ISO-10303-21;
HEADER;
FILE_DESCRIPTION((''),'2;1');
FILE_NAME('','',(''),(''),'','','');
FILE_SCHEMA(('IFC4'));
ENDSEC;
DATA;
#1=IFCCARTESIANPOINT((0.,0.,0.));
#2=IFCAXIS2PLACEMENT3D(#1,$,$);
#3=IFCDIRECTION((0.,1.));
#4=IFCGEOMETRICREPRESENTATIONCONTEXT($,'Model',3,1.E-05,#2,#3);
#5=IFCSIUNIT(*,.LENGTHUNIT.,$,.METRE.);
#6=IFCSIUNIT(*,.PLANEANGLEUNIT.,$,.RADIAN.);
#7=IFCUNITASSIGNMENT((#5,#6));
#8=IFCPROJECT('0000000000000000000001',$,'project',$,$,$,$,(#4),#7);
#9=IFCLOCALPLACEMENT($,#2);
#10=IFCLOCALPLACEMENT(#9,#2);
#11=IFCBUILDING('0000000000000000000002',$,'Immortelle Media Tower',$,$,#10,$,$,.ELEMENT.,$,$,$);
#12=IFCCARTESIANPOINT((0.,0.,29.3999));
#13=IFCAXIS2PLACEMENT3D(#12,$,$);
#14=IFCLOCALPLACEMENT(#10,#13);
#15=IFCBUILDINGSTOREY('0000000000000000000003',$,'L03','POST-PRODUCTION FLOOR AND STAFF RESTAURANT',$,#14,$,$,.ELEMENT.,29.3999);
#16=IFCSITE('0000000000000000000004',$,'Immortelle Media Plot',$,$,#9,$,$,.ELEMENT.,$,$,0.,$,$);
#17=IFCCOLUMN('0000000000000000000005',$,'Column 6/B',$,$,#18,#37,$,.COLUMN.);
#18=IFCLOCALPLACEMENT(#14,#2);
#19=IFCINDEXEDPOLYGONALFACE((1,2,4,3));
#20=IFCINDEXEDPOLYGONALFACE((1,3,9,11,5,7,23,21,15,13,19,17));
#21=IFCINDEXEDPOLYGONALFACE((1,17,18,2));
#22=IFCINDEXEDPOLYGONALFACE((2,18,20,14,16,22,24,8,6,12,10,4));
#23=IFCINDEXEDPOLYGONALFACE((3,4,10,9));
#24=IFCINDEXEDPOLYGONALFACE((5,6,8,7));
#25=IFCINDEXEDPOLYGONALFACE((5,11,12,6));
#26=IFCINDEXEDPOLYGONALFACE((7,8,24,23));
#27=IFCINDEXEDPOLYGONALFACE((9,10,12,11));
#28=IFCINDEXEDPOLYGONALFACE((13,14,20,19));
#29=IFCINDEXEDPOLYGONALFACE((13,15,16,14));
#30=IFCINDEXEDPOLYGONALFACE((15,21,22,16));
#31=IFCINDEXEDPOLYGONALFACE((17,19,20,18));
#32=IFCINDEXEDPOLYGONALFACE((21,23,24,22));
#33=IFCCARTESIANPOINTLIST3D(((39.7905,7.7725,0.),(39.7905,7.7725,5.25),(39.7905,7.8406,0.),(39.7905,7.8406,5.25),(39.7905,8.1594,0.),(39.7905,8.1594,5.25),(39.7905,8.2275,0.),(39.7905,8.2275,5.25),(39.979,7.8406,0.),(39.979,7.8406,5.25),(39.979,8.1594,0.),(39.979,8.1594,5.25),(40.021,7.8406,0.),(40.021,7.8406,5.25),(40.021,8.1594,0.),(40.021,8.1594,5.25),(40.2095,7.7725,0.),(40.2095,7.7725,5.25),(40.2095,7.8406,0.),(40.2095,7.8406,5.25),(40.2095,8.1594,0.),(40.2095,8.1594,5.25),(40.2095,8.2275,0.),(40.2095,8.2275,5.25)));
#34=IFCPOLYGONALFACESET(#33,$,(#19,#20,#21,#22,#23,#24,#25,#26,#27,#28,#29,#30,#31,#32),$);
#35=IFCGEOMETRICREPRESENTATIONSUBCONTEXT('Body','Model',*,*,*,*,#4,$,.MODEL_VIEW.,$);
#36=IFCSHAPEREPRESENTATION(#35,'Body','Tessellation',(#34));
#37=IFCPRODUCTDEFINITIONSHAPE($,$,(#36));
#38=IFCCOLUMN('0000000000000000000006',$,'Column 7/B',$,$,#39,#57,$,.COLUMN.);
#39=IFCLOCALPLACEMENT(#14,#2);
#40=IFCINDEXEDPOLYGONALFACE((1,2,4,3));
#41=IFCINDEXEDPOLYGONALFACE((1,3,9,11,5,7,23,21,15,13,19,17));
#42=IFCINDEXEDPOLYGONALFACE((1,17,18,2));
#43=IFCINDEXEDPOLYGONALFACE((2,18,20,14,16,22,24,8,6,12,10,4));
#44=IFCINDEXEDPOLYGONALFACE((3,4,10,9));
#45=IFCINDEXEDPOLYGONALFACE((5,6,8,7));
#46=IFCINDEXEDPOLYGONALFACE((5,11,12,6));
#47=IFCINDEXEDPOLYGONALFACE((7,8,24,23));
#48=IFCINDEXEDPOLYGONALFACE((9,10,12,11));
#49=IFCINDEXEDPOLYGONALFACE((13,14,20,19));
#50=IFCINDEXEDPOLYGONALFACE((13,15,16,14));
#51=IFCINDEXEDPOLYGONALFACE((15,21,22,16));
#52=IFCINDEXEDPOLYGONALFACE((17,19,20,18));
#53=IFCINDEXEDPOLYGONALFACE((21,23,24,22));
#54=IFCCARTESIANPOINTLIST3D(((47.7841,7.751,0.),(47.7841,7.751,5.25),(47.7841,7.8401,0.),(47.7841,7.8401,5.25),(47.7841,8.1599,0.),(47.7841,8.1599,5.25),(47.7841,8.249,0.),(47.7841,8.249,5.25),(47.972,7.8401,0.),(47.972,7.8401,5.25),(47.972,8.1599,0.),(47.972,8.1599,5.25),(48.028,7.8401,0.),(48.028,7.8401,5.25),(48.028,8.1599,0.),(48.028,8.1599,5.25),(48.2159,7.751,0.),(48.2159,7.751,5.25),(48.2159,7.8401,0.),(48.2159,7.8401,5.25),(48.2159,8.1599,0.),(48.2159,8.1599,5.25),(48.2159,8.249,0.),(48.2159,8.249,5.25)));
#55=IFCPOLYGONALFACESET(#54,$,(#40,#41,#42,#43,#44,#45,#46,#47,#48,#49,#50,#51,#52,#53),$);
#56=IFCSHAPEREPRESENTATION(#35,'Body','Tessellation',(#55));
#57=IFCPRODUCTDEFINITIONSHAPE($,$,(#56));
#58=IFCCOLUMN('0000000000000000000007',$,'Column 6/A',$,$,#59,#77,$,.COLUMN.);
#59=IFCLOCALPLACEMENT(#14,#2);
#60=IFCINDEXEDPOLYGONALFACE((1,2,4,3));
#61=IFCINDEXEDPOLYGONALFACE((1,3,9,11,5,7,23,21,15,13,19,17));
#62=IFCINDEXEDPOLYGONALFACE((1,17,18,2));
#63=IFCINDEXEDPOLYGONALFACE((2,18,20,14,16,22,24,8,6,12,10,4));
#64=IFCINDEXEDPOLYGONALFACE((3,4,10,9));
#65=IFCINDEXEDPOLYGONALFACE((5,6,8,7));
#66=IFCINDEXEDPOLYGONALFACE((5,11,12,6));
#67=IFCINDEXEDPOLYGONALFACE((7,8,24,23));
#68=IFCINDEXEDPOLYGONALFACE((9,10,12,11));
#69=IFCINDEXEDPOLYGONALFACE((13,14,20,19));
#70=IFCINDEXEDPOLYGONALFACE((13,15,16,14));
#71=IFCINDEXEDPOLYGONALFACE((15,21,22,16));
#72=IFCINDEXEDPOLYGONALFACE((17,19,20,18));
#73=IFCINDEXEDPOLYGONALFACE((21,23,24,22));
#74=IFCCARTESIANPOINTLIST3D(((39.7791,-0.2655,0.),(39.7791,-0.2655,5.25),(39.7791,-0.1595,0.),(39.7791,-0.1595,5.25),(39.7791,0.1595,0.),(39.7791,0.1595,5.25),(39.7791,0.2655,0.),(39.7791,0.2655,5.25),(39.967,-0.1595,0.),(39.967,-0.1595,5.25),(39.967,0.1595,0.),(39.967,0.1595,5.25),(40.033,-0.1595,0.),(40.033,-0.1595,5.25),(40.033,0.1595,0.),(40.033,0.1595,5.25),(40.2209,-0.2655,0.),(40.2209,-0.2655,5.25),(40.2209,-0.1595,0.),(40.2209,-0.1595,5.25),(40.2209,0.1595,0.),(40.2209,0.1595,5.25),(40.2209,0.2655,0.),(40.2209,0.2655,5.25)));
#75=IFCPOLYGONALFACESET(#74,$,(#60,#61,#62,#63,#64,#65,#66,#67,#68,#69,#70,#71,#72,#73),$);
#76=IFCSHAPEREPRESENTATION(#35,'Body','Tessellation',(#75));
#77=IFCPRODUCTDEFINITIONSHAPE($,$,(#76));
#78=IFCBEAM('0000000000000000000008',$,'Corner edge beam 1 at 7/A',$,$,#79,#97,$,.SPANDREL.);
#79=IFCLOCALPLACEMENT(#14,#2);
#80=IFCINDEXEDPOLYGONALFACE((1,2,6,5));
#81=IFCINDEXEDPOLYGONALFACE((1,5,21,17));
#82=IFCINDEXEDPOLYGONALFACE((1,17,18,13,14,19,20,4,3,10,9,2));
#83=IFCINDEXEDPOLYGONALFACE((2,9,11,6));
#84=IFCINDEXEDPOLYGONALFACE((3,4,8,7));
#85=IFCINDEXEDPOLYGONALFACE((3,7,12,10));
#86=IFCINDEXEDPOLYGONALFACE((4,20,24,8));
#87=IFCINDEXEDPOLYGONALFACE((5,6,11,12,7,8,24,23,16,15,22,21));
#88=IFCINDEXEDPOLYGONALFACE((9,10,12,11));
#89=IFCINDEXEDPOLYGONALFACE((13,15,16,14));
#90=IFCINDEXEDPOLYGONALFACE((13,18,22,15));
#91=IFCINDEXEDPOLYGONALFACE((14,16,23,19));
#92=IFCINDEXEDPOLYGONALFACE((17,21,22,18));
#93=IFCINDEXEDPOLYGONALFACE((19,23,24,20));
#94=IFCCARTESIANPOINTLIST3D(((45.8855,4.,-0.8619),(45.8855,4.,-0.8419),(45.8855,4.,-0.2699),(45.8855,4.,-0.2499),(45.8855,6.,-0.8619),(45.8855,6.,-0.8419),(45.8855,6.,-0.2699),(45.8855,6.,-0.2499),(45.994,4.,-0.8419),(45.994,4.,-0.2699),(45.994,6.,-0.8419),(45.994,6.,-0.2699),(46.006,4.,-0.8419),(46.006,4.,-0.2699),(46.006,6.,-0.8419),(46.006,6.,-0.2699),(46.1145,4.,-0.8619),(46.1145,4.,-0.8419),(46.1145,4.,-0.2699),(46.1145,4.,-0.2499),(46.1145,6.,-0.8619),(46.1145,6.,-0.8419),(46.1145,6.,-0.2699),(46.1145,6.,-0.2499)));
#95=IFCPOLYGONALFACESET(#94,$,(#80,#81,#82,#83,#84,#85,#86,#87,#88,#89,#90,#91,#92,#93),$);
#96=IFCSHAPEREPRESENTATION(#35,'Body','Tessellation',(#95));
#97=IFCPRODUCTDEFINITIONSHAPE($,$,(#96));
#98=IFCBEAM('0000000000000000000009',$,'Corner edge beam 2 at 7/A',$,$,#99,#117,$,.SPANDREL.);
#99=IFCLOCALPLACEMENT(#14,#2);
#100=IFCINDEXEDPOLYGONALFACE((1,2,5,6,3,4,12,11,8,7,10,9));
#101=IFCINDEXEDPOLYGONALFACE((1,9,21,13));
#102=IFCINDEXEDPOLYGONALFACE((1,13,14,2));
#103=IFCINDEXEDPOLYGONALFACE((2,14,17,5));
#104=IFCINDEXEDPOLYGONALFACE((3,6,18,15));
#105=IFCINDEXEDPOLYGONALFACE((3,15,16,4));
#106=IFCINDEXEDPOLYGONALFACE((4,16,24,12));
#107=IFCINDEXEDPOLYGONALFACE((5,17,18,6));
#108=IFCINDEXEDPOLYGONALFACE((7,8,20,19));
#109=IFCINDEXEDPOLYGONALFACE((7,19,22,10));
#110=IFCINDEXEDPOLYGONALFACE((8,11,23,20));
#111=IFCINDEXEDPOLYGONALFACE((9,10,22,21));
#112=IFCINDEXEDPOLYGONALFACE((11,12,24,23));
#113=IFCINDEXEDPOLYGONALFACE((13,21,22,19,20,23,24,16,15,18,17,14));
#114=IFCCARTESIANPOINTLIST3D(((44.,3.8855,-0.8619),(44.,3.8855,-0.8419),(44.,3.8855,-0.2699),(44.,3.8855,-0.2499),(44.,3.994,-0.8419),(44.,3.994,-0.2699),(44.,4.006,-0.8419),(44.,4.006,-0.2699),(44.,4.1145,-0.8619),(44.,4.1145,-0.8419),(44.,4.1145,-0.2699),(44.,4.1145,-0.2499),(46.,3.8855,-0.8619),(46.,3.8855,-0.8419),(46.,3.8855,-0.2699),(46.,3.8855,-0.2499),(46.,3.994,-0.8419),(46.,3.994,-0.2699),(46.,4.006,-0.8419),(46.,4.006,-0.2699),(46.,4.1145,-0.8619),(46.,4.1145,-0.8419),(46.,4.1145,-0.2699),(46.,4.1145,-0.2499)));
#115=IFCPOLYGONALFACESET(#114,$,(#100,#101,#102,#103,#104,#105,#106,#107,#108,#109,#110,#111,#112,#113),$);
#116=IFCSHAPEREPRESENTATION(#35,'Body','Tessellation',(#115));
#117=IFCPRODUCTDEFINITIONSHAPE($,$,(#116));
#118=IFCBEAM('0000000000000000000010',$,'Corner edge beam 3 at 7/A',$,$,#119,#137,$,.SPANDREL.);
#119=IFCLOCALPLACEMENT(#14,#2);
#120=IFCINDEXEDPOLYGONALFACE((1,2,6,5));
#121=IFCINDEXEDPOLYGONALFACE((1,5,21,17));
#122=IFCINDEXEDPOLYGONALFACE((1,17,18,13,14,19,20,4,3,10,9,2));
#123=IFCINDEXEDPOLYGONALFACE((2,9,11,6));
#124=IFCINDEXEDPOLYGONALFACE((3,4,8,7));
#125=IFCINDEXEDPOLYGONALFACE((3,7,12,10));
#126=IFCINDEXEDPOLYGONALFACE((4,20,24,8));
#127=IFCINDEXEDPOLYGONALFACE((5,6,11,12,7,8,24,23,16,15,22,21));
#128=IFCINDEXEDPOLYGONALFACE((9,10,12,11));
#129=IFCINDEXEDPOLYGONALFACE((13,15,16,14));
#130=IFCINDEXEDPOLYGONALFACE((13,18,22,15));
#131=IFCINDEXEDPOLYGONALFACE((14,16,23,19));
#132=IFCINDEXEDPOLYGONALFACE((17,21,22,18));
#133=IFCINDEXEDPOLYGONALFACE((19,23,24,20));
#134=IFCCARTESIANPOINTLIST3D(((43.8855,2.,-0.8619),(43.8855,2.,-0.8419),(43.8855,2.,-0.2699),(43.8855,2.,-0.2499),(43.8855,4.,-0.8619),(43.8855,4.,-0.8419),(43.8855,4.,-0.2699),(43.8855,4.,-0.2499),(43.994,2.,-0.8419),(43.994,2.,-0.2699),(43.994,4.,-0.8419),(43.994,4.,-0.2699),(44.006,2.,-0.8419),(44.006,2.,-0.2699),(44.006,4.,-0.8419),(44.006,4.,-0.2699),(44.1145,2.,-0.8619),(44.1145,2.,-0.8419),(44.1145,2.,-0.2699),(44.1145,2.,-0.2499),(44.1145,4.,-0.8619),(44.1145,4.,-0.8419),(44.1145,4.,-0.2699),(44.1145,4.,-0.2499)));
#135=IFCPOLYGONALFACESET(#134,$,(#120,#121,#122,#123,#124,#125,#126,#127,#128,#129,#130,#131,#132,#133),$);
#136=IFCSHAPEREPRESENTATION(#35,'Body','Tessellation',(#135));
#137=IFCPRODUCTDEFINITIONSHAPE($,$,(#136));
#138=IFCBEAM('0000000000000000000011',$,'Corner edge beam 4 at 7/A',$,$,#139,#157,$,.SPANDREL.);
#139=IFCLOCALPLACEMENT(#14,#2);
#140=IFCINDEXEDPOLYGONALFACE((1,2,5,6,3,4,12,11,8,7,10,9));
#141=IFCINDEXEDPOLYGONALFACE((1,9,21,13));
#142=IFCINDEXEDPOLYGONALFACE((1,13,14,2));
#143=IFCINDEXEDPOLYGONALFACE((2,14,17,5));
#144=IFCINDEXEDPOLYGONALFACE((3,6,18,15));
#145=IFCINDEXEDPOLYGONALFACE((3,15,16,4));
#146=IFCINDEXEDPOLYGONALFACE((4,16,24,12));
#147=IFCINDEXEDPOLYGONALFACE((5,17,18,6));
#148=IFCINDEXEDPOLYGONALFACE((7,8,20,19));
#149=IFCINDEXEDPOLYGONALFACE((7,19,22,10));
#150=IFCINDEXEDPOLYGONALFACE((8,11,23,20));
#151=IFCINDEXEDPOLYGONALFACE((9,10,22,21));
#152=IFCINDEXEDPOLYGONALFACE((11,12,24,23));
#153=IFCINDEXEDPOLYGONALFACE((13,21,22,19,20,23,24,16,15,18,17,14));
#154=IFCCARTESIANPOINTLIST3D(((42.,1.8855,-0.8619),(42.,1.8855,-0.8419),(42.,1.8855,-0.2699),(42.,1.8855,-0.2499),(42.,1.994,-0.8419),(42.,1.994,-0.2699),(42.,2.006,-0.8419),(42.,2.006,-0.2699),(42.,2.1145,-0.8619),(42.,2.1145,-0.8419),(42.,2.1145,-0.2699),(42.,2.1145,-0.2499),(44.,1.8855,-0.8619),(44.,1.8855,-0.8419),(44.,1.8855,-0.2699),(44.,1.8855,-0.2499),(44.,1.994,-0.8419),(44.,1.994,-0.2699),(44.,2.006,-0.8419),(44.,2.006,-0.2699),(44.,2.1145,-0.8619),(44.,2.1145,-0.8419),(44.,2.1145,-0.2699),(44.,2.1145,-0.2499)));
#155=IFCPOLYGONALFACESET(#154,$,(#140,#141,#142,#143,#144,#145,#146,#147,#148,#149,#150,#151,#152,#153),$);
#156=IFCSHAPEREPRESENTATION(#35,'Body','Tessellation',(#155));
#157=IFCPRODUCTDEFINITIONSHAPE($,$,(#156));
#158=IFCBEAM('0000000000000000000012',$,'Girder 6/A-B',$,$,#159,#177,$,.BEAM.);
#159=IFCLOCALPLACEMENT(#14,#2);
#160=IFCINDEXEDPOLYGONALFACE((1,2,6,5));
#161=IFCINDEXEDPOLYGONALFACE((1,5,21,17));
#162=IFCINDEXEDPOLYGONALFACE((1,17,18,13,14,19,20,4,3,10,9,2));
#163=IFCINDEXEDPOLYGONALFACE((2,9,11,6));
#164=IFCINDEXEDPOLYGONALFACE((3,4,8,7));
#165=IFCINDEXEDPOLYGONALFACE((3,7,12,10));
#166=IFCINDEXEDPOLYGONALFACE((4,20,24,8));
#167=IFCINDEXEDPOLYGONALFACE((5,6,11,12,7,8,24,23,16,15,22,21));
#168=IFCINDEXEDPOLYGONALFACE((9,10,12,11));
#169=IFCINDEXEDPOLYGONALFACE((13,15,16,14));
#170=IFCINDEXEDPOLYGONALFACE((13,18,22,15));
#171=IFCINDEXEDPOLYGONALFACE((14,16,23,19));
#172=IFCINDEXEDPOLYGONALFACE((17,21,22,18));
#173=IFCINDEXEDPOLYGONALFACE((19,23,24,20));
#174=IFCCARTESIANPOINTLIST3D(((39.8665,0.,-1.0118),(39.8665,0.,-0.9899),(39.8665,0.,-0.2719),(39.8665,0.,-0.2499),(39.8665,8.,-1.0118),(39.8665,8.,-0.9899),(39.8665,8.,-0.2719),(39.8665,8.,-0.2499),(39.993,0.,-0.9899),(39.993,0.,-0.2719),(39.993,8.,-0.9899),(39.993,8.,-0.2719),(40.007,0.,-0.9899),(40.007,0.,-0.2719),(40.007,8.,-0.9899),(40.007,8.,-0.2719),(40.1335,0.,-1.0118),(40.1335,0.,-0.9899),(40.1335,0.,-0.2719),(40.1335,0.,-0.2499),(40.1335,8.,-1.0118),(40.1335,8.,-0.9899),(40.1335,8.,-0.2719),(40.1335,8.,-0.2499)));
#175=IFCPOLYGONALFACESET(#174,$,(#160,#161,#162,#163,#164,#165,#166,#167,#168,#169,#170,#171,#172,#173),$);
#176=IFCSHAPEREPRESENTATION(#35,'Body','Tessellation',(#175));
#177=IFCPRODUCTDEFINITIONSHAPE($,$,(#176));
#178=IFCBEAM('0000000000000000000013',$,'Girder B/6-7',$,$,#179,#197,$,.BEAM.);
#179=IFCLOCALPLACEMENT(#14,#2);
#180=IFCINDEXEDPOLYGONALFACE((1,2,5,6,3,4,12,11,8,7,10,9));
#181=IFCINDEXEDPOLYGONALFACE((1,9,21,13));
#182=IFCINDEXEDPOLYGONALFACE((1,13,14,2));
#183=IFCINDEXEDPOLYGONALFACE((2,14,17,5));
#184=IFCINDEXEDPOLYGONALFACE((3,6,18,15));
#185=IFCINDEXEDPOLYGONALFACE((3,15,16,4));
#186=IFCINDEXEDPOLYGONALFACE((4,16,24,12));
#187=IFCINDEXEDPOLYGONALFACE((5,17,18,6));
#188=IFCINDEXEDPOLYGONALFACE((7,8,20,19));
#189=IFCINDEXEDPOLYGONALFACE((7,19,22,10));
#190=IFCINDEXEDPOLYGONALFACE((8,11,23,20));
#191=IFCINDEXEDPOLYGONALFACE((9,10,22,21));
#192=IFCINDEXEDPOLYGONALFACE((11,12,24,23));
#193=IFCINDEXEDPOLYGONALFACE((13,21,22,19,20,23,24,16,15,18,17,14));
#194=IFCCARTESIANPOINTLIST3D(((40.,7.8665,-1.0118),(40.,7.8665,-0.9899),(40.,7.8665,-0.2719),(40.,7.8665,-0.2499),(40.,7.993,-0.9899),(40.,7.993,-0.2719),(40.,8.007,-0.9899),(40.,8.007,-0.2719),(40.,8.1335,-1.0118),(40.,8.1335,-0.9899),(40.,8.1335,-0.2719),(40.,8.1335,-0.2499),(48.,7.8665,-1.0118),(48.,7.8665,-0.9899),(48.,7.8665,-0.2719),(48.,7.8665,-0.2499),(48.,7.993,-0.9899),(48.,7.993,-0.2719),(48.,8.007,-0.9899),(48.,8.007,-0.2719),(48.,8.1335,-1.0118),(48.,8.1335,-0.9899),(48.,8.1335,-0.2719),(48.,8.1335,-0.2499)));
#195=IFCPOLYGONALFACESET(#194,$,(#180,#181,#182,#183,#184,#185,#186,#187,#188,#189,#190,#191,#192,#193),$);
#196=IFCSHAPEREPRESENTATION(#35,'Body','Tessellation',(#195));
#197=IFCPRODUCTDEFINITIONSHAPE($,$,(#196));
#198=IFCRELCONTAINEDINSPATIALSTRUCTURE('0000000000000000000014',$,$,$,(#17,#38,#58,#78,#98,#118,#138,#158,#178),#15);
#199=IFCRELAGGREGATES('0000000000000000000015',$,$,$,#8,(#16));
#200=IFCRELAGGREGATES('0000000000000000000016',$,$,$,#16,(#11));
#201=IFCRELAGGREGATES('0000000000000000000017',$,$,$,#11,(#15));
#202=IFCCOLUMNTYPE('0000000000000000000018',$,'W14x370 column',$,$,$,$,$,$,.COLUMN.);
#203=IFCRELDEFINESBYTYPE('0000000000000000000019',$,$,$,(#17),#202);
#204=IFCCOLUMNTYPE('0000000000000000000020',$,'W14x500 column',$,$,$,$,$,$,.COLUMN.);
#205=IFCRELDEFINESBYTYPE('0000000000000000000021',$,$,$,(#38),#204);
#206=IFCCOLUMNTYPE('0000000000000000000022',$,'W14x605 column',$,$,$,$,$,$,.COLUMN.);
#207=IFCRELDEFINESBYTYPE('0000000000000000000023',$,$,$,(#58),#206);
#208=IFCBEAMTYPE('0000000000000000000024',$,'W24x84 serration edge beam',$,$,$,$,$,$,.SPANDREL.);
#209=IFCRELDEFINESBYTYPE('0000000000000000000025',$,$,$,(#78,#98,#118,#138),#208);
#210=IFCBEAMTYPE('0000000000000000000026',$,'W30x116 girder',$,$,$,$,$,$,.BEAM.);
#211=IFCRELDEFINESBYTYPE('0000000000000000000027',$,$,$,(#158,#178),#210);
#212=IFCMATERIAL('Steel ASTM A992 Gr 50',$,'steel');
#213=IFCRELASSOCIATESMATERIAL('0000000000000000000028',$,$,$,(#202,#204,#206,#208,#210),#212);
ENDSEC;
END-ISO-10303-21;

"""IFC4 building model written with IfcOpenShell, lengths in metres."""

from ifc_helpers import new_model, si_unit, direction, frame, origin, origin_2d, place, context, subcontext, project, spatial, i_section, extrude, material, material_profile, profile_set, type_object, element, save


model = new_model("IFC4")

# Units and contexts
model_context = context("Model", 3, precision=1e-05, world=origin(), true_north=direction((0.0, 1.0)))
body_context = subcontext(model_context, "Body", "Model", "MODEL_VIEW")
ifc_project = project(units=[si_unit("LENGTHUNIT", "METRE"), si_unit("PLANEANGLEUNIT", "RADIAN")], contexts=[model_context])

# Site, building, storey
site_placement = place(None, origin())
site = spatial("IfcSite", under=ifc_project, at=site_placement, Name="Immortelle Media Plot", CompositionType="ELEMENT", RefElevation=0.0)
building_placement = place(site_placement, origin())
building = spatial("IfcBuilding", under=site, at=building_placement, Name="Immortelle Media Tower", CompositionType="ELEMENT")
storey_placement = place(building_placement, frame((0.0, 0.0, 29.3999)))
storey = spatial("IfcBuildingStorey", under=building, at=storey_placement, Name="L03", Description="POST-PRODUCTION FLOOR AND STAFF RESTAURANT", CompositionType="ELEMENT", Elevation=29.3999)

# Columns
ifc_material_1 = material(Name="Steel ASTM A992 Gr 50", Category="steel")
ifc_material_profile_1 = material_profile(ifc_material_1, i_section(OverallWidth=0.4189, OverallDepth=0.4551, WebThickness=0.042, FlangeThickness=0.0681, at=origin_2d()), Name="W14x370")
ifc_profile_set_1 = profile_set([ifc_material_profile_1], Name="Steel ASTM A992 Gr 50")
column_type_1 = type_object("IfcColumnType", Name="W14x370 column", PredefinedType="COLUMN", material=ifc_profile_set_1)
column_1_placement = place(storey_placement, frame((40.0, 8.0, 0.0), z_axis=(0.0, 0.0, 1.0), x_axis=(1.0, 0.0, 0.0)))
element("IfcColumn", 1, at=column_1_placement, inside=storey, type_object=column_type_1, Name="Column 6/B", PredefinedType="COLUMN", context=body_context, shape_type="SweptSolid", body=[
    extrude(i_section(OverallWidth=0.4189, OverallDepth=0.4551, WebThickness=0.042, FlangeThickness=0.0681, at=origin_2d()), origin(), (0.0, 0.0, 1.0), 5.25),
])
ifc_material_profile_2 = material_profile(ifc_material_1, i_section(OverallWidth=0.4319, OverallDepth=0.498, WebThickness=0.0559, FlangeThickness=0.0891, at=origin_2d()), Name="W14x500")
ifc_profile_set_2 = profile_set([ifc_material_profile_2], Name="Steel ASTM A992 Gr 50")
column_type_2 = type_object("IfcColumnType", Name="W14x500 column", PredefinedType="COLUMN", material=ifc_profile_set_2)
column_2_placement = place(storey_placement, frame((48.0, 8.0, 0.0), z_axis=(0.0, 0.0, 1.0), x_axis=(1.0, 0.0, 0.0)))
element("IfcColumn", 2, at=column_2_placement, inside=storey, type_object=column_type_2, Name="Column 7/B", PredefinedType="COLUMN", context=body_context, shape_type="SweptSolid", body=[
    extrude(i_section(OverallWidth=0.4319, OverallDepth=0.498, WebThickness=0.0559, FlangeThickness=0.0891, at=origin_2d()), origin(), (0.0, 0.0, 1.0), 5.25),
])
ifc_material_profile_3 = material_profile(ifc_material_1, i_section(OverallWidth=0.4419, OverallDepth=0.531, WebThickness=0.0659, FlangeThickness=0.106, at=origin_2d()), Name="W14x605")
ifc_profile_set_3 = profile_set([ifc_material_profile_3], Name="Steel ASTM A992 Gr 50")
column_type_3 = type_object("IfcColumnType", Name="W14x605 column", PredefinedType="COLUMN", material=ifc_profile_set_3)
column_3_placement = place(storey_placement, frame((40.0, 0.0, 0.0), z_axis=(0.0, 0.0, 1.0), x_axis=(1.0, 0.0, 0.0)))
element("IfcColumn", 3, at=column_3_placement, inside=storey, type_object=column_type_3, Name="Column 6/A", PredefinedType="COLUMN", context=body_context, shape_type="SweptSolid", body=[
    extrude(i_section(OverallWidth=0.4419, OverallDepth=0.531, WebThickness=0.0659, FlangeThickness=0.106, at=origin_2d()), origin(), (0.0, 0.0, 1.0), 5.25),
])

# Beams
ifc_material_profile_4 = material_profile(ifc_material_1, i_section(OverallWidth=0.229, OverallDepth=0.6121, WebThickness=0.012, FlangeThickness=0.02, at=origin_2d()), Name="W24x84")
ifc_profile_set_4 = profile_set([ifc_material_profile_4], Name="Steel ASTM A992 Gr 50")
beam_type_1 = type_object("IfcBeamType", Name="W24x84 serration edge beam", PredefinedType="SPANDREL", material=ifc_profile_set_4)
for number, where, z_axis, x_axis, name in (
    (4, (46.0, 6.0, -0.5559), (0.0, -1.0, 0.0), (1.0, 0.0, 0.0), "Corner edge beam 1 at 7/A"),
    (5, (46.0, 4.0, -0.5559), (-1.0, 0.0, 0.0), (0.0, -1.0, 0.0), "Corner edge beam 2 at 7/A"),
    (6, (44.0, 4.0, -0.5559), (0.0, -1.0, 0.0), (1.0, 0.0, 0.0), "Corner edge beam 3 at 7/A"),
    (7, (44.0, 2.0, -0.5559), (-1.0, 0.0, 0.0), (0.0, -1.0, 0.0), "Corner edge beam 4 at 7/A"),
):
    element("IfcBeam", number, at=place(storey_placement, frame(where, z_axis=z_axis, x_axis=x_axis)), inside=storey, type_object=beam_type_1, Name=name, PredefinedType="SPANDREL", context=body_context, shape_type="SweptSolid", body=[
        extrude(i_section(OverallWidth=0.229, OverallDepth=0.6121, WebThickness=0.012, FlangeThickness=0.02, at=origin_2d()), origin(), (0.0, 0.0, 1.0), 2.0),
    ])
ifc_material_profile_5 = material_profile(ifc_material_1, i_section(OverallWidth=0.2671, OverallDepth=0.762, WebThickness=0.0139, FlangeThickness=0.022, at=origin_2d()), Name="W30x116")
ifc_profile_set_5 = profile_set([ifc_material_profile_5], Name="Steel ASTM A992 Gr 50")
beam_type_2 = type_object("IfcBeamType", Name="W30x116 girder", PredefinedType="BEAM", material=ifc_profile_set_5)
for number, where, z_axis, x_axis, name in (
    (8, (40.0, 0.0, -0.6309), (0.0, 1.0, 0.0), (-1.0, 0.0, 0.0), "Girder 6/A-B"),
    (9, (40.0, 8.0, -0.6309), (1.0, 0.0, 0.0), (0.0, 1.0, 0.0), "Girder B/6-7"),
):
    element("IfcBeam", number, at=place(storey_placement, frame(where, z_axis=z_axis, x_axis=x_axis)), inside=storey, type_object=beam_type_2, Name=name, PredefinedType="BEAM", context=body_context, shape_type="SweptSolid", body=[
        extrude(i_section(OverallWidth=0.2671, OverallDepth=0.762, WebThickness=0.0139, FlangeThickness=0.022, at=origin_2d()), origin(), (0.0, 0.0, 1.0), 8.0),
    ])

save(model, "model.ifc")
